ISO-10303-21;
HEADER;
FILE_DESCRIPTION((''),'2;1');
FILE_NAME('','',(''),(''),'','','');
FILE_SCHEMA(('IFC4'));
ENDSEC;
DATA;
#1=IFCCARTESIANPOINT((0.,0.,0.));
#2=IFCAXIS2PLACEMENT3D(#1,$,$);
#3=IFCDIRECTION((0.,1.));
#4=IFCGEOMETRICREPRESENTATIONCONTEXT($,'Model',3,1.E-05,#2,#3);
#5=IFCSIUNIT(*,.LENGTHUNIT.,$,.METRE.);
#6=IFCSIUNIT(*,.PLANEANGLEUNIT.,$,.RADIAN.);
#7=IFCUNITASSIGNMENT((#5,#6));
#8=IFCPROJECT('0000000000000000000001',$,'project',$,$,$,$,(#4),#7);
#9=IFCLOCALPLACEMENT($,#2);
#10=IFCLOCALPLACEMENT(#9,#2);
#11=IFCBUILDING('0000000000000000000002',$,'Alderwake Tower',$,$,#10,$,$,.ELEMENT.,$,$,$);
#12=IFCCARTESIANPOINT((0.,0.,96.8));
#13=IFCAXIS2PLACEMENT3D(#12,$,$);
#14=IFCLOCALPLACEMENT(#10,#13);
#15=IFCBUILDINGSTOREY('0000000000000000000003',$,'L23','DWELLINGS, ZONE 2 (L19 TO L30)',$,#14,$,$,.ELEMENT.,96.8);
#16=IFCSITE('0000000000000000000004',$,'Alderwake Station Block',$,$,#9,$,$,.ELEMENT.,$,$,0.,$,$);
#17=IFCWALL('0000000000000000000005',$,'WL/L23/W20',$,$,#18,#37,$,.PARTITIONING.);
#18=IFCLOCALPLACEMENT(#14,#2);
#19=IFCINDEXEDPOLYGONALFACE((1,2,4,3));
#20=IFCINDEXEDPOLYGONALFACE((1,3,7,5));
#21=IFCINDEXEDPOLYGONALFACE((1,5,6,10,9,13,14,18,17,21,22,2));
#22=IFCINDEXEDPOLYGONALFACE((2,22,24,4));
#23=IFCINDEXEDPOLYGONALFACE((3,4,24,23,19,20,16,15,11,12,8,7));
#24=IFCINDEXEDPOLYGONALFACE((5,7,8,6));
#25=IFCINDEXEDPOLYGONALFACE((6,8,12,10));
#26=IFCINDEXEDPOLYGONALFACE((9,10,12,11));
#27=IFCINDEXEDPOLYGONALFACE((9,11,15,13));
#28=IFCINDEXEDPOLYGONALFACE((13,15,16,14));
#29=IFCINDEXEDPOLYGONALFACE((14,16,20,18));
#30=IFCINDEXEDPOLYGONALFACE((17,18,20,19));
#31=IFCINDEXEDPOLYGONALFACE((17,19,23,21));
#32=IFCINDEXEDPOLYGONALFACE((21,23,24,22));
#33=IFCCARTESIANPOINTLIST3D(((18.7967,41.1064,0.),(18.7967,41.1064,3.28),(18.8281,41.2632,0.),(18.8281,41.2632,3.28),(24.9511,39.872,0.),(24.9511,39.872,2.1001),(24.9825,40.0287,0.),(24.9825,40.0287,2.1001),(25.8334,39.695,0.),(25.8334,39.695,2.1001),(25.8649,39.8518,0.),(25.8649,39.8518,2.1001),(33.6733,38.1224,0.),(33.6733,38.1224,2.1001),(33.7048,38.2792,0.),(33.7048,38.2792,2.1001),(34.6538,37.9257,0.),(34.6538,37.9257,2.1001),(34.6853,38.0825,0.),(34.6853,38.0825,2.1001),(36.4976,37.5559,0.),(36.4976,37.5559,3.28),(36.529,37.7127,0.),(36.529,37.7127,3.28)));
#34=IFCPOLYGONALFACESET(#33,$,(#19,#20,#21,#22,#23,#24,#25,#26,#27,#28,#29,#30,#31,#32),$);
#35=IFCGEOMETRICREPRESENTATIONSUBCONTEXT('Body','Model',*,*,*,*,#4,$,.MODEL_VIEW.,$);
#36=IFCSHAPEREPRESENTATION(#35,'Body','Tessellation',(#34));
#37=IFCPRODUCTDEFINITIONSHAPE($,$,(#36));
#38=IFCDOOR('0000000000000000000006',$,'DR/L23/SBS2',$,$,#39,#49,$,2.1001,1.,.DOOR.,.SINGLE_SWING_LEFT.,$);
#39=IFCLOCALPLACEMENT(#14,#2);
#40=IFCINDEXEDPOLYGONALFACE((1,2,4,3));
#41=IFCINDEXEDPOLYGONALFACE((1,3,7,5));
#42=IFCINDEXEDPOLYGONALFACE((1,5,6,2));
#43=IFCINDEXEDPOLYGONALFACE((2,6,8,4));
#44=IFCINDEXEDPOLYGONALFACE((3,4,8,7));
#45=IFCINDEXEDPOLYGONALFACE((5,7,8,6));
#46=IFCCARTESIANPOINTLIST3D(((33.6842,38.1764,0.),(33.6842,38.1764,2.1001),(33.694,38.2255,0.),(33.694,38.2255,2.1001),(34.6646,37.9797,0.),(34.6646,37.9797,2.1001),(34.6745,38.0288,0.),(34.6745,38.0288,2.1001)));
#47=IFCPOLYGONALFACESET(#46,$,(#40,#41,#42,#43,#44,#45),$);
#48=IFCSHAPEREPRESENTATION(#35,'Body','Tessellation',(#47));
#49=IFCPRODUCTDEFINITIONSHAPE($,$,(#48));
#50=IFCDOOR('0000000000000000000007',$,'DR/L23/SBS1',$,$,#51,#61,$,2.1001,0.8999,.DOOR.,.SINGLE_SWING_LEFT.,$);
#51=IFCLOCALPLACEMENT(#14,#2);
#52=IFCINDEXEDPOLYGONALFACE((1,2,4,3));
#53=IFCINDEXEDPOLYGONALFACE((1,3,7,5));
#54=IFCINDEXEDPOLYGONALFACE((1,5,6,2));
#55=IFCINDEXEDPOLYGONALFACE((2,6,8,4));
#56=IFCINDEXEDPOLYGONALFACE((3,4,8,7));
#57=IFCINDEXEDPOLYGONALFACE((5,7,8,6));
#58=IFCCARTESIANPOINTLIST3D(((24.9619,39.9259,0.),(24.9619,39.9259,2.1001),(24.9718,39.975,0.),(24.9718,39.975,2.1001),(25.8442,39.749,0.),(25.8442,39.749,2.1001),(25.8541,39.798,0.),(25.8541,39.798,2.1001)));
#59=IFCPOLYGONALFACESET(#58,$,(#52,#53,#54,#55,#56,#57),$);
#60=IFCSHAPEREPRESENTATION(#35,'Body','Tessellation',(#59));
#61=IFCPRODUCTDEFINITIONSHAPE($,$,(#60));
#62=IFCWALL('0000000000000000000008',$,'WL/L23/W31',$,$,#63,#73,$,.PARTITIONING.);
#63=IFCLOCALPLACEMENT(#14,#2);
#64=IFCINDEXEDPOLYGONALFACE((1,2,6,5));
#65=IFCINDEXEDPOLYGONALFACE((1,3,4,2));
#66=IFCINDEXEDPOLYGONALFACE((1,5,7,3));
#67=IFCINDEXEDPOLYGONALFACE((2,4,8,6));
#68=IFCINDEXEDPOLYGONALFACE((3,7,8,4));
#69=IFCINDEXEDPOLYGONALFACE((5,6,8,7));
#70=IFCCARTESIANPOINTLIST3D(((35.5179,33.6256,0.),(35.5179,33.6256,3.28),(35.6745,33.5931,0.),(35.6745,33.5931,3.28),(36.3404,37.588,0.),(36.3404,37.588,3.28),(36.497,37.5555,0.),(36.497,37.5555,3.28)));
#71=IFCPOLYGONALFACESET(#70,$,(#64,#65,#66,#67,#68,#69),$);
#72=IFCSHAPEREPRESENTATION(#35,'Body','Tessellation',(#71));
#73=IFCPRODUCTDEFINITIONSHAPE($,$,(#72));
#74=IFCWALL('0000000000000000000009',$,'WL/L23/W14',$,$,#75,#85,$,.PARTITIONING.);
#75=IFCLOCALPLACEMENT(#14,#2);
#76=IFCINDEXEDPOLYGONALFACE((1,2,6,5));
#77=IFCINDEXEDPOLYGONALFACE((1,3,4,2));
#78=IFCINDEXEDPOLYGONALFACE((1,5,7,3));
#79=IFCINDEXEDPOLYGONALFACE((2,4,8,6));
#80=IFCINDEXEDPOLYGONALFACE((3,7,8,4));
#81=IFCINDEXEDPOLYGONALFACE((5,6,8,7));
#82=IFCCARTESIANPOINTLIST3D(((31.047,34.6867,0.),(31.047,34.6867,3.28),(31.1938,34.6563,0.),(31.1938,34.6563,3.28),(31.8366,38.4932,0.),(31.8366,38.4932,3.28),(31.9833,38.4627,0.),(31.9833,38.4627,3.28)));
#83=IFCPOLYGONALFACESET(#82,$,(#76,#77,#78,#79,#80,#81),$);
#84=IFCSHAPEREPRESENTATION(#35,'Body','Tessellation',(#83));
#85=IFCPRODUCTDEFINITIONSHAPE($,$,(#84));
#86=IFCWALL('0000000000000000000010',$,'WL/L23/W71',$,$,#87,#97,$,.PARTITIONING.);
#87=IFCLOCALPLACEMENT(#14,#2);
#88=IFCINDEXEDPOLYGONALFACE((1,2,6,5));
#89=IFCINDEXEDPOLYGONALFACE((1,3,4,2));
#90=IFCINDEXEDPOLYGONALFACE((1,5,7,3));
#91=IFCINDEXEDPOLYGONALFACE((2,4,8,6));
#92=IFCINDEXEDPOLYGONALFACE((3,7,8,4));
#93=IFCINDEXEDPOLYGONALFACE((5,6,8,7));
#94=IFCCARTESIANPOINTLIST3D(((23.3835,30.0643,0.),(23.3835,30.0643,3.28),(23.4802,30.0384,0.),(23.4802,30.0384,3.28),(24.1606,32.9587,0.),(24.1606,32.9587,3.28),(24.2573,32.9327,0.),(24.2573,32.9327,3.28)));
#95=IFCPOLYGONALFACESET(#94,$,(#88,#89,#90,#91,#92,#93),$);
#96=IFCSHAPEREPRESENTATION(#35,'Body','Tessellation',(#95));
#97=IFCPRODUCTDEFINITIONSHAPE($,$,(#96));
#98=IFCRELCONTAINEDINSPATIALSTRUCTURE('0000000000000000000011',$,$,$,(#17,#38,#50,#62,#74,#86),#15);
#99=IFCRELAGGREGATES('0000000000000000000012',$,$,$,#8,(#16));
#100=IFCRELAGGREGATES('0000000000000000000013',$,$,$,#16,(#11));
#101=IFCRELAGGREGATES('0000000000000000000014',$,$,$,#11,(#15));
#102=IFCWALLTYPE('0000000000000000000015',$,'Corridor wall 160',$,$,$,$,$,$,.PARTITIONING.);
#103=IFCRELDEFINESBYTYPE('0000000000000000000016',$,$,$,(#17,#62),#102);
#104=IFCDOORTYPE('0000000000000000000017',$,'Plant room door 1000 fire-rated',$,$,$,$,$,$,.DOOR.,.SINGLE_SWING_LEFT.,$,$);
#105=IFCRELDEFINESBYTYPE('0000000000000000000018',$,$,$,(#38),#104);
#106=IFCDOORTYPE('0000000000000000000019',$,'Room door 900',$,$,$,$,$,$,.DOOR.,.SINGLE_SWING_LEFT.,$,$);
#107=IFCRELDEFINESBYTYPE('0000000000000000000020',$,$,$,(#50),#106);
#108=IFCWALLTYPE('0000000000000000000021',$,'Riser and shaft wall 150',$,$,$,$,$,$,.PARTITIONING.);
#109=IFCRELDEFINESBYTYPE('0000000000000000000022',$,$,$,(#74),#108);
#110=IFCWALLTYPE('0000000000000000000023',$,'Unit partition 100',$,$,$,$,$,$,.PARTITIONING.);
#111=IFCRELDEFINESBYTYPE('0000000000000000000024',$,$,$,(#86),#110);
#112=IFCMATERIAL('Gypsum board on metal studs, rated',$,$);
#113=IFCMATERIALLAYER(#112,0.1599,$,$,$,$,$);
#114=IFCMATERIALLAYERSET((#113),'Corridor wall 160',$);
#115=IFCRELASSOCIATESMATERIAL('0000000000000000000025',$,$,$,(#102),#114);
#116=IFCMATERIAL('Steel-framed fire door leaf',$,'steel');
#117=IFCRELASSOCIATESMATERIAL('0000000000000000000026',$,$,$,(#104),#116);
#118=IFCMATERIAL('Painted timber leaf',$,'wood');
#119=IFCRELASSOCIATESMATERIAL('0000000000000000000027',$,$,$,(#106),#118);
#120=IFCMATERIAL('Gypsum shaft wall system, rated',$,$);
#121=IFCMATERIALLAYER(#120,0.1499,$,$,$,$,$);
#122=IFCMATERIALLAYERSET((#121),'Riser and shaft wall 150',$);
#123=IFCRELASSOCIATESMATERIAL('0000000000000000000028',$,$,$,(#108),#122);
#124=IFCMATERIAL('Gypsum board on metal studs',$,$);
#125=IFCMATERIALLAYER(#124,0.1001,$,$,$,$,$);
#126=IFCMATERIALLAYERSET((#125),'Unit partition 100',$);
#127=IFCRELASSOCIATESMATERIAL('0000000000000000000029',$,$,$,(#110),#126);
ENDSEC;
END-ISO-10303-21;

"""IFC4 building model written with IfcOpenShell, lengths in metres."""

from ifc_helpers import new_model, si_unit, direction, frame, frame_2d, origin, place, context, subcontext, project, spatial, rectangle, extrude, material, layer, layer_set, type_object, element, fill, save


model = new_model("IFC4")

# Units and contexts
model_context = context("Model", 3, precision=1e-05, world=origin(), true_north=direction((0.0, 1.0)))
body_context = subcontext(model_context, "Body", "Model", "MODEL_VIEW")
ifc_project = project(units=[si_unit("LENGTHUNIT", "METRE"), si_unit("PLANEANGLEUNIT", "RADIAN")], contexts=[model_context])

# Site, building, storey
site_placement = place(None, origin())
site = spatial("IfcSite", under=ifc_project, at=site_placement, Name="Alderwake Station Block", CompositionType="ELEMENT", RefElevation=0.0)
building_placement = place(site_placement, origin())
building = spatial("IfcBuilding", under=site, at=building_placement, Name="Alderwake Tower", CompositionType="ELEMENT")
storey_placement = place(building_placement, frame((0.0, 0.0, 96.8)))
storey = spatial("IfcBuildingStorey", under=building, at=storey_placement, Name="L23", Description="DWELLINGS, ZONE 2 (L19 TO L30)", CompositionType="ELEMENT", Elevation=96.8)

# Wall, openings, doors
ifc_material_1 = material(Name="Gypsum board on metal studs, rated")
ifc_layer_1 = layer(ifc_material_1, 0.1599)
ifc_layer_set_1 = layer_set([ifc_layer_1], Name="Corridor wall 160")
wall_type_1 = type_object("IfcWallType", Name="Corridor wall 160", PredefinedType="PARTITIONING", material=ifc_layer_set_1)
wall_1_placement = place(storey_placement, frame((36.5134, 37.6343, 0.0), z_axis=(0.0, 0.0, 1.0), x_axis=(-0.98047, 0.196667, 0.0)))
wall_1 = element("IfcWall", 1, at=wall_1_placement, inside=storey, type_object=wall_type_1, Name="WL/L23/W20", PredefinedType="PARTITIONING", context=body_context, shape_type="SweptSolid", body=[
    extrude(rectangle(XDim=18.0535, YDim=0.1599, at=frame_2d((9.0269, 0.0))), origin(), (0.0, 0.0, 1.0), 3.28),
])
opening_1_placement = place(wall_1_placement, frame((10.8767, 0.0, 0.0)))
opening_1 = element("IfcOpeningElement", 2, at=opening_1_placement, cuts=wall_1, PredefinedType="OPENING", context=body_context, shape_type="SweptSolid", body=[
    extrude(rectangle(XDim=0.8999, YDim=2.1001, at=frame_2d((0.45, 1.05))), frame((0.0, 0.0898, 0.0), z_axis=(0.0, -1.0, 0.0), x_axis=(1.0, 0.0, 0.0)), (0.0, 0.0, 1.0), 0.1799),
])
opening_2_placement = place(wall_1_placement, frame((1.8806, 0.0, 0.0)))
opening_2 = element("IfcOpeningElement", 3, at=opening_2_placement, cuts=wall_1, PredefinedType="OPENING", context=body_context, shape_type="SweptSolid", body=[
    extrude(rectangle(XDim=1.0, YDim=2.1001, at=frame_2d((0.5, 1.05))), frame((0.0, 0.0898, 0.0), z_axis=(0.0, -1.0, 0.0), x_axis=(1.0, 0.0, 0.0)), (0.0, 0.0, 1.0), 0.1799),
])
ifc_material_2 = material(Name="Steel-framed fire door leaf", Category="steel")
door_type_1 = type_object("IfcDoorType", Name="Plant room door 1000 fire-rated", OperationType="SINGLE_SWING_LEFT", PredefinedType="DOOR", material=ifc_material_2)
door_1_placement = place(opening_2_placement, origin())
door_1 = element("IfcDoor", 4, at=door_1_placement, inside=storey, type_object=door_type_1, Name="DR/L23/SBS2", OperationType="SINGLE_SWING_LEFT", OverallHeight=2.1001, OverallWidth=1.0, PredefinedType="DOOR", context=body_context, shape_type="SweptSolid", body=[
    extrude(rectangle(XDim=1.0, YDim=2.1001, at=frame_2d((0.5, 1.05))), frame((0.0, 0.0249, 0.0), z_axis=(0.0, -1.0, 0.0), x_axis=(1.0, 0.0, 0.0)), (0.0, 0.0, 1.0), 0.05),
])
fill(opening_2, door_1)
ifc_material_3 = material(Name="Painted timber leaf", Category="wood")
door_type_2 = type_object("IfcDoorType", Name="Room door 900", OperationType="SINGLE_SWING_LEFT", PredefinedType="DOOR", material=ifc_material_3)
door_2_placement = place(opening_1_placement, origin())
door_2 = element("IfcDoor", 5, at=door_2_placement, inside=storey, type_object=door_type_2, Name="DR/L23/SBS1", OperationType="SINGLE_SWING_LEFT", OverallHeight=2.1001, OverallWidth=0.8999, PredefinedType="DOOR", context=body_context, shape_type="SweptSolid", body=[
    extrude(rectangle(XDim=0.8999, YDim=2.1001, at=frame_2d((0.45, 1.05))), frame((0.0, 0.0249, 0.0), z_axis=(0.0, -1.0, 0.0), x_axis=(1.0, 0.0, 0.0)), (0.0, 0.0, 1.0), 0.05),
])
fill(opening_1, door_2)

# Walls
wall_2_placement = place(storey_placement, frame((36.4187, 37.5718, 0.0), z_axis=(0.0, 0.0, 1.0), x_axis=(-0.203246, -0.979128, 0.0)))
element("IfcWall", 6, at=wall_2_placement, inside=storey, type_object=wall_type_1, Name="WL/L23/W31", PredefinedType="PARTITIONING", context=body_context, shape_type="SweptSolid", body=[
    extrude(rectangle(XDim=4.0469, YDim=0.1599, at=frame_2d((2.0234, 0.0))), origin(), (0.0, 0.0, 1.0), 3.28),
])
ifc_material_4 = material(Name="Gypsum shaft wall system, rated")
ifc_layer_2 = layer(ifc_material_4, 0.1499)
ifc_layer_set_2 = layer_set([ifc_layer_2], Name="Riser and shaft wall 150")
wall_type_2 = type_object("IfcWallType", Name="Riser and shaft wall 150", PredefinedType="PARTITIONING", material=ifc_layer_set_2)
wall_3_placement = place(storey_placement, frame((31.1204, 34.6714, 0.0), z_axis=(0.0, 0.0, 1.0), x_axis=(0.203104, 0.979157, 0.0)))
element("IfcWall", 7, at=wall_3_placement, inside=storey, type_object=wall_type_2, Name="WL/L23/W14", PredefinedType="PARTITIONING", context=body_context, shape_type="SweptSolid", body=[
    extrude(rectangle(XDim=3.8875, YDim=0.1499, at=frame_2d((1.9438, 0.0))), origin(), (0.0, 0.0, 1.0), 3.28),
])
ifc_material_5 = material(Name="Gypsum board on metal studs")
ifc_layer_3 = layer(ifc_material_5, 0.1001)
ifc_layer_set_3 = layer_set([ifc_layer_3], Name="Unit partition 100")
wall_type_3 = type_object("IfcWallType", Name="Unit partition 100", PredefinedType="PARTITIONING", material=ifc_layer_set_3)
wall_4_placement = place(storey_placement, frame((24.209, 32.9458, 0.0), z_axis=(0.0, 0.0, 1.0), x_axis=(-0.25931, -0.965794, 0.0)))
element("IfcWall", 8, at=wall_4_placement, inside=storey, type_object=wall_type_3, Name="WL/L23/W71", PredefinedType="PARTITIONING", context=body_context, shape_type="SweptSolid", body=[
    extrude(rectangle(XDim=2.9968, YDim=0.1001, at=frame_2d((1.4985, 0.0))), origin(), (0.0, 0.0, 1.0), 3.28),
])

save(model, "model.ifc")
